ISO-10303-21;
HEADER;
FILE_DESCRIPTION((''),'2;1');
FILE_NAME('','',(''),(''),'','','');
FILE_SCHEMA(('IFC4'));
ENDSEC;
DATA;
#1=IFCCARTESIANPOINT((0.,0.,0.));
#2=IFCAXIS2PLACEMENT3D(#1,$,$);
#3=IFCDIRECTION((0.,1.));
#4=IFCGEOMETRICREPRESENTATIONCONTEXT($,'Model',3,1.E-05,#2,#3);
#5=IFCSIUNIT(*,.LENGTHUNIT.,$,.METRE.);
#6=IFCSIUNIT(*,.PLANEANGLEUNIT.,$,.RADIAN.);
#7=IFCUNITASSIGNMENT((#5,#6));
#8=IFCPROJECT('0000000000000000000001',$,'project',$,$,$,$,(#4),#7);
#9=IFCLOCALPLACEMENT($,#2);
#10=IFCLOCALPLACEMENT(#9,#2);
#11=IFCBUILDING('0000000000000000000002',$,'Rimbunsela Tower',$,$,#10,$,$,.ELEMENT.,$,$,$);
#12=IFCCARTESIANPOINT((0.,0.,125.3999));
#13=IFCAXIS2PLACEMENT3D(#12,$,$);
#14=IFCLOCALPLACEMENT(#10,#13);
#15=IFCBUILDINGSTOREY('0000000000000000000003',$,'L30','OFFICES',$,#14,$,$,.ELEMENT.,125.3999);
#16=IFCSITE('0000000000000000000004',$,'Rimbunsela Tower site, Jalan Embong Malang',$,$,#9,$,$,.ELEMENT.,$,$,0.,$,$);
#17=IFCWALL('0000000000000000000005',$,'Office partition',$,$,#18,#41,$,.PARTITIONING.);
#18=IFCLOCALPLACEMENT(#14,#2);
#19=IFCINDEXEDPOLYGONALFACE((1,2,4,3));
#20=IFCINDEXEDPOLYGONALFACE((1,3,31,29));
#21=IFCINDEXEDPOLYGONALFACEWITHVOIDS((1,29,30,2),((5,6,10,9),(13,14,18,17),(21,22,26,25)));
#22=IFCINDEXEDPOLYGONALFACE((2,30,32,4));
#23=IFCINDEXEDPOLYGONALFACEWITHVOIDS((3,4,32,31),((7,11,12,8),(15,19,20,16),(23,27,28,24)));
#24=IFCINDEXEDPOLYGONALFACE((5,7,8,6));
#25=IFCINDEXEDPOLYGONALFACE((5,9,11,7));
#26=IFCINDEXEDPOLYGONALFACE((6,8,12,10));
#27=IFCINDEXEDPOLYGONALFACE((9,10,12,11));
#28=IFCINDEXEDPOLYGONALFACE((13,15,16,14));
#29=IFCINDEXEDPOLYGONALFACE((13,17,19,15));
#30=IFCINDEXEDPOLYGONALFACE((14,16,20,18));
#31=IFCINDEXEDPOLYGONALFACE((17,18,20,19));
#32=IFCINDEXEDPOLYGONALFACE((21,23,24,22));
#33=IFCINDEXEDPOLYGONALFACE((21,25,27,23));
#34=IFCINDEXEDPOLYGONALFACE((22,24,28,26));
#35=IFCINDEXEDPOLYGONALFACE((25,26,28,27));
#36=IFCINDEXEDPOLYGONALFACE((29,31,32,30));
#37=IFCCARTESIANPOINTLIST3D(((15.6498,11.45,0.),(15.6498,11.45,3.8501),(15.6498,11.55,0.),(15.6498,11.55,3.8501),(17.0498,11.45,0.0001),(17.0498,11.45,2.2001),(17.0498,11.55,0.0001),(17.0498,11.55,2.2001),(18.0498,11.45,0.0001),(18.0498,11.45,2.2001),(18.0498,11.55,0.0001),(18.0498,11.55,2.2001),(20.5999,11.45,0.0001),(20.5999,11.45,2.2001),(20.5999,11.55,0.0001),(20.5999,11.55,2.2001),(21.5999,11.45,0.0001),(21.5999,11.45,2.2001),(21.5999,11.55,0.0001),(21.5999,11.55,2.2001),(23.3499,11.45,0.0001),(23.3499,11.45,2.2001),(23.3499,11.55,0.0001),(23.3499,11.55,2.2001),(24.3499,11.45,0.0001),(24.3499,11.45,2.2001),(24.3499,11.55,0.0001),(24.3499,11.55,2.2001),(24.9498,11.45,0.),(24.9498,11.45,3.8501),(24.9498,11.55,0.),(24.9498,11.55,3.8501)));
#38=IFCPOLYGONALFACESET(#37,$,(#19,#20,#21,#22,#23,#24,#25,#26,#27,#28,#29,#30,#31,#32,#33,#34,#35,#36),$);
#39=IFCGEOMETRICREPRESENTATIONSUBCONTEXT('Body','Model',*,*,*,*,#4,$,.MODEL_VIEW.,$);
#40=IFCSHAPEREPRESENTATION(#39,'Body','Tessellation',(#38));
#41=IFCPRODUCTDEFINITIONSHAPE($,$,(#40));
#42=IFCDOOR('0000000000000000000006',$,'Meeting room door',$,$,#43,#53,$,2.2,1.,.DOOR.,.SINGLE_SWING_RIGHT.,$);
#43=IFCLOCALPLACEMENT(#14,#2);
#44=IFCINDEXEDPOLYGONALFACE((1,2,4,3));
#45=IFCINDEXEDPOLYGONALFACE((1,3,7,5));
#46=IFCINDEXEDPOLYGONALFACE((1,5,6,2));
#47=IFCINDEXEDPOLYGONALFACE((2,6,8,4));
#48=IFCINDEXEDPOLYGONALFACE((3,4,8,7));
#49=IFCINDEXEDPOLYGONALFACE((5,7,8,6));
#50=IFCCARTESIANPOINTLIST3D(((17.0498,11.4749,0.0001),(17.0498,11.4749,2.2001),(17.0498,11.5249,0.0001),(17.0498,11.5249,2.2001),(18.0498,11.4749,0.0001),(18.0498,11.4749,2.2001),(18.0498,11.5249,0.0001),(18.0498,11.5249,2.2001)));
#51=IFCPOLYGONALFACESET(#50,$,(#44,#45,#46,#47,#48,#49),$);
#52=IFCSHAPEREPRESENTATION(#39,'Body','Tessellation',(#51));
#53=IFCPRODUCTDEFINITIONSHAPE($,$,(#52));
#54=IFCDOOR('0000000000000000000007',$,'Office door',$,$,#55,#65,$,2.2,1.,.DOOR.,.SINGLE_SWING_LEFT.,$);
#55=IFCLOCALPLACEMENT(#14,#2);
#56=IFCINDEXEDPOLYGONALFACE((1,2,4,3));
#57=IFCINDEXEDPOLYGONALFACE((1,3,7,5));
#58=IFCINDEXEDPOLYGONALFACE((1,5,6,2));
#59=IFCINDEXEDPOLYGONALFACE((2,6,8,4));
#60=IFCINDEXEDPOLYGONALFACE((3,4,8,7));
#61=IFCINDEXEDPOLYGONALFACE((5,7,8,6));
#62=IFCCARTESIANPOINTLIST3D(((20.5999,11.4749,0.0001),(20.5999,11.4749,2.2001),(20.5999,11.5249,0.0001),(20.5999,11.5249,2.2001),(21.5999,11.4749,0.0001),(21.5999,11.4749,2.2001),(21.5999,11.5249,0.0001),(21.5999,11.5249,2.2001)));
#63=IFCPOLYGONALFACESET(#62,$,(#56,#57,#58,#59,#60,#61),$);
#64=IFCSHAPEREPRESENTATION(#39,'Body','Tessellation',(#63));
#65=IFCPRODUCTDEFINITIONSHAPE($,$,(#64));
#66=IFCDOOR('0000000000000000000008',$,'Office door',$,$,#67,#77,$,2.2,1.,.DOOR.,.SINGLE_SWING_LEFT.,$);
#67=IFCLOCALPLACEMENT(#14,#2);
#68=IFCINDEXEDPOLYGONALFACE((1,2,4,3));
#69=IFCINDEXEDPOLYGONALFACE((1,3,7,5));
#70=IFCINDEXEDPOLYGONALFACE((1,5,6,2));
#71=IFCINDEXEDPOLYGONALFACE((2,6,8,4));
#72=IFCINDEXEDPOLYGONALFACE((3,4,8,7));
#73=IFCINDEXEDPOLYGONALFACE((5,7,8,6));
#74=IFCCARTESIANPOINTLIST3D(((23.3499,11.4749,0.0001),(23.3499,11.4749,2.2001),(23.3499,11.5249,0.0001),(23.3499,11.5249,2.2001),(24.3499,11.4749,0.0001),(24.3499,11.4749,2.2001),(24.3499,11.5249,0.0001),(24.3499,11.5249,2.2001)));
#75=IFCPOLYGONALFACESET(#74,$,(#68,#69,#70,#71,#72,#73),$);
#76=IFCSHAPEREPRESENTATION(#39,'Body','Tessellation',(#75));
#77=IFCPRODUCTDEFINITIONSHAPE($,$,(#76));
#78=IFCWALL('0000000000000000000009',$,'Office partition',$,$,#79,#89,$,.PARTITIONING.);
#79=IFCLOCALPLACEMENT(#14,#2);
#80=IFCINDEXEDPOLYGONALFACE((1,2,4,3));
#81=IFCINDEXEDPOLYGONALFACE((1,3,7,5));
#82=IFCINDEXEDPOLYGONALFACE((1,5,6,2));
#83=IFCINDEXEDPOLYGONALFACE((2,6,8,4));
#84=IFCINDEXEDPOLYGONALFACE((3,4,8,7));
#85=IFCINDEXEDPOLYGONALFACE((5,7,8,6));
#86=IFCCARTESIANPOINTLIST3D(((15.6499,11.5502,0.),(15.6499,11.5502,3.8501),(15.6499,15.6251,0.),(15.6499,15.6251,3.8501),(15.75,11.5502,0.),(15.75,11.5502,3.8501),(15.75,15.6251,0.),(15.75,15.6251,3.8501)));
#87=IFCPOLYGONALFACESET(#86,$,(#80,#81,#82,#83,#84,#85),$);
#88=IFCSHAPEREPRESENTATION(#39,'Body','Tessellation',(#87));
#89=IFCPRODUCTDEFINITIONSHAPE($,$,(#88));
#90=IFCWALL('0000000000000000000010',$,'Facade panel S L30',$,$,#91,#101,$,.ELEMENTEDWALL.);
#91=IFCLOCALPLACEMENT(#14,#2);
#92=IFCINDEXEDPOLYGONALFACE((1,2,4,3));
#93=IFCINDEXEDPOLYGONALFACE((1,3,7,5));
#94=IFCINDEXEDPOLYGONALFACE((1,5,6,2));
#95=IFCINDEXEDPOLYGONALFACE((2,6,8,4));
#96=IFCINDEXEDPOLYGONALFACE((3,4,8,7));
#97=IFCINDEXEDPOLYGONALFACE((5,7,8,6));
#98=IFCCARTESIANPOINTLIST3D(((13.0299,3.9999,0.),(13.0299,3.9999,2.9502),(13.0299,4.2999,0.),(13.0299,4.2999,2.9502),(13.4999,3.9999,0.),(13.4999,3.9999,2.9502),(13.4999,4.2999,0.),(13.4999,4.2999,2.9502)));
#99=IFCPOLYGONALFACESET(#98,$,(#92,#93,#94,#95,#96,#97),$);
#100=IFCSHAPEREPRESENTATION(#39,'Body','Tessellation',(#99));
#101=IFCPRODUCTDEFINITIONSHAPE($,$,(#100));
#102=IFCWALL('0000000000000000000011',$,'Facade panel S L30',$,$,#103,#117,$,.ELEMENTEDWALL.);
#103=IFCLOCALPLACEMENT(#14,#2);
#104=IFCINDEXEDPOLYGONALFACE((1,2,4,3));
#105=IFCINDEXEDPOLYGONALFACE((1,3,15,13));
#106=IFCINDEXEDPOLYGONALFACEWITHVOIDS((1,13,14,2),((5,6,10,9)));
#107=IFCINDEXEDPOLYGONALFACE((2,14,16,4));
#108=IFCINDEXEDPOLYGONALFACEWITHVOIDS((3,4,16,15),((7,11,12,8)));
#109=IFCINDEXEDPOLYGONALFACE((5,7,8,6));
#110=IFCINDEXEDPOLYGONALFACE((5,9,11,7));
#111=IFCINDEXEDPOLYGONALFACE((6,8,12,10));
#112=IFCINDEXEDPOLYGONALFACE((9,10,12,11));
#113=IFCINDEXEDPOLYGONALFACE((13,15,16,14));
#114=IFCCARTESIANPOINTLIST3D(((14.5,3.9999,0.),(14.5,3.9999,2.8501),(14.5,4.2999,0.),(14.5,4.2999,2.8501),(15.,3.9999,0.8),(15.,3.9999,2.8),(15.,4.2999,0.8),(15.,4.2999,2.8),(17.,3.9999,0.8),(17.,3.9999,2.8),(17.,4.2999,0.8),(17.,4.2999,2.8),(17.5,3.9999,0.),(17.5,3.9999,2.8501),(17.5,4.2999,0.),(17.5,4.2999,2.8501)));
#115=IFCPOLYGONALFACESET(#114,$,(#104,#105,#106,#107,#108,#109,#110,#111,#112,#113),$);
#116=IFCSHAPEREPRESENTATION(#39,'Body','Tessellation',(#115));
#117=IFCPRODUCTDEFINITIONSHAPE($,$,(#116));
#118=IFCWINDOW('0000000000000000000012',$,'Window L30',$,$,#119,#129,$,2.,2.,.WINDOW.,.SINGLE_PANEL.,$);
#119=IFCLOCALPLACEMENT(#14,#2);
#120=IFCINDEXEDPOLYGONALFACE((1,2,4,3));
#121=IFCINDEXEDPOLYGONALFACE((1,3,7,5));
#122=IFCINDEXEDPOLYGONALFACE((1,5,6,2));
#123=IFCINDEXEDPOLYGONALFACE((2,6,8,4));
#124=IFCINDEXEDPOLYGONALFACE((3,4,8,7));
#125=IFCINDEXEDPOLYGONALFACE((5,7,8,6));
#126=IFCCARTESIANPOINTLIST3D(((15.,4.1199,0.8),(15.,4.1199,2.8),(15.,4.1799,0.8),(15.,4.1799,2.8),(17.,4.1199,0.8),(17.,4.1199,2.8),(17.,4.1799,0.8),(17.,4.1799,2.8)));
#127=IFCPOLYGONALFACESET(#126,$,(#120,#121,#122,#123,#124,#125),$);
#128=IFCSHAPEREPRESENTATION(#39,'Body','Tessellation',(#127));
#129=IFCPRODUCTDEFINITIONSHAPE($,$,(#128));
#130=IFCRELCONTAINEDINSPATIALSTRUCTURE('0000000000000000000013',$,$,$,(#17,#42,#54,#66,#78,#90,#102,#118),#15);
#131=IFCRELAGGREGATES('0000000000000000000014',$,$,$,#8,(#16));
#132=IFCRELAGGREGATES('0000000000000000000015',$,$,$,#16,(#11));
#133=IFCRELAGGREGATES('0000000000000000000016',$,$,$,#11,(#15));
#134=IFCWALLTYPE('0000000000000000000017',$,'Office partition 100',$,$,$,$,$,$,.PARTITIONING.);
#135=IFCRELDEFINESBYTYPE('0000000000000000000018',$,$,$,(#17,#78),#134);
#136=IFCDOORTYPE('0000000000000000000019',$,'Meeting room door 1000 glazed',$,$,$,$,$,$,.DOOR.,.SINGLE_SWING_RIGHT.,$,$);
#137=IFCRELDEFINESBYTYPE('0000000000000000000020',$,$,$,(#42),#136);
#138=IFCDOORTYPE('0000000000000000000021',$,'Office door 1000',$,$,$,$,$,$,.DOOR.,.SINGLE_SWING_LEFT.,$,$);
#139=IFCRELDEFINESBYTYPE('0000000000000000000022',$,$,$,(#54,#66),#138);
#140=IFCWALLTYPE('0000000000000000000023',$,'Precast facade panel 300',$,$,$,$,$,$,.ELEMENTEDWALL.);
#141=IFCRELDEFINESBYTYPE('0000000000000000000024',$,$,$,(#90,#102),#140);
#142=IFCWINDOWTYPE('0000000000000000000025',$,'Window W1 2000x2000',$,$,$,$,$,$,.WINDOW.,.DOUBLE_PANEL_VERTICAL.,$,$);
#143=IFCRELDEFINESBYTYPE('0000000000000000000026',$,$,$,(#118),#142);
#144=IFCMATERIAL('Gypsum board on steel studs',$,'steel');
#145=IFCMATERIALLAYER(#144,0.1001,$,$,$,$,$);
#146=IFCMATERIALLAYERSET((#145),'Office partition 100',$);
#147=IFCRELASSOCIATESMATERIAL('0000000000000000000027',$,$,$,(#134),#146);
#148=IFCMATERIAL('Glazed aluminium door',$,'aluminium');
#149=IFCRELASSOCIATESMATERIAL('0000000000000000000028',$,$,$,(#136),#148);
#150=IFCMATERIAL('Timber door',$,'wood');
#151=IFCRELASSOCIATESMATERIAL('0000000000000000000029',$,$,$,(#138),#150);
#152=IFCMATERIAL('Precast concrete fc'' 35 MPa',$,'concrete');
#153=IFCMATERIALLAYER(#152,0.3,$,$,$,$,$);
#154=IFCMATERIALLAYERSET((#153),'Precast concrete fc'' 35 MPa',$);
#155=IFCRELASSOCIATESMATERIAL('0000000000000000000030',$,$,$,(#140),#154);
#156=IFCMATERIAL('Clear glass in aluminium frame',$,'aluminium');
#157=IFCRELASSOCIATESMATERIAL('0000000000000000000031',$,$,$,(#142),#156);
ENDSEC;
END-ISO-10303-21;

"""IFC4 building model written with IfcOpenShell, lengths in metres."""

from ifc_helpers import new_model, si_unit, direction, frame, frame_2d, origin, place, context, subcontext, project, spatial, rectangle, extrude, material, layer, layer_set, type_object, element, fill, save


model = new_model("IFC4")

# Units and contexts
model_context = context("Model", 3, precision=1e-05, world=origin(), true_north=direction((0.0, 1.0)))
body_context = subcontext(model_context, "Body", "Model", "MODEL_VIEW")
ifc_project = project(units=[si_unit("LENGTHUNIT", "METRE"), si_unit("PLANEANGLEUNIT", "RADIAN")], contexts=[model_context])

# Site, building, storey
site_placement = place(None, origin())
site = spatial("IfcSite", under=ifc_project, at=site_placement, Name="Rimbunsela Tower site, Jalan Embong Malang", CompositionType="ELEMENT", RefElevation=0.0)
building_placement = place(site_placement, origin())
building = spatial("IfcBuilding", under=site, at=building_placement, Name="Rimbunsela Tower", CompositionType="ELEMENT")
storey_placement = place(building_placement, frame((0.0, 0.0, 125.3999)))
storey = spatial("IfcBuildingStorey", under=building, at=storey_placement, Name="L30", Description="OFFICES", CompositionType="ELEMENT", Elevation=125.3999)

# Wall, openings, doors
ifc_material_1 = material(Name="Gypsum board on steel studs", Category="steel")
ifc_layer_1 = layer(ifc_material_1, 0.1001)
ifc_layer_set_1 = layer_set([ifc_layer_1], Name="Office partition 100")
wall_type_1 = type_object("IfcWallType", Name="Office partition 100", PredefinedType="PARTITIONING", material=ifc_layer_set_1)
wall_1_placement = place(storey_placement, frame((15.6499, 11.5, 0.0), z_axis=(0.0, 0.0, 1.0), x_axis=(1.0, 0.0, 0.0)))
wall_1 = element("IfcWall", 1, at=wall_1_placement, inside=storey, type_object=wall_type_1, Name="Office partition", PredefinedType="PARTITIONING", context=body_context, shape_type="SweptSolid", body=[
    extrude(rectangle(XDim=9.3, YDim=0.1001, at=frame_2d((4.6499, 0.0))), origin(), (0.0, 0.0, 1.0), 3.8501),
])
opening_1_placement = place(wall_1_placement, frame((1.3999, 0.0, 0.0)))
opening_1 = element("IfcOpeningElement", 2, at=opening_1_placement, cuts=wall_1, PredefinedType="OPENING", context=body_context, shape_type="SweptSolid", body=[
    extrude(rectangle(XDim=1.0, YDim=2.2, at=frame_2d((0.5, 1.1001))), frame((0.0, 0.0601, 0.0), z_axis=(0.0, -1.0, 0.0), x_axis=(1.0, 0.0, 0.0)), (0.0, 0.0, 1.0), 0.1201),
])
opening_2_placement = place(wall_1_placement, frame((4.95, 0.0, 0.0)))
opening_2 = element("IfcOpeningElement", 3, at=opening_2_placement, cuts=wall_1, PredefinedType="OPENING", context=body_context, shape_type="SweptSolid", body=[
    extrude(rectangle(XDim=1.0, YDim=2.2, at=frame_2d((0.5, 1.1001))), frame((0.0, 0.0601, 0.0), z_axis=(0.0, -1.0, 0.0), x_axis=(1.0, 0.0, 0.0)), (0.0, 0.0, 1.0), 0.1201),
])
opening_3_placement = place(wall_1_placement, frame((7.7, 0.0, 0.0)))
opening_3 = element("IfcOpeningElement", 4, at=opening_3_placement, cuts=wall_1, PredefinedType="OPENING", context=body_context, shape_type="SweptSolid", body=[
    extrude(rectangle(XDim=1.0, YDim=2.2, at=frame_2d((0.5, 1.1001))), frame((0.0, 0.0601, 0.0), z_axis=(0.0, -1.0, 0.0), x_axis=(1.0, 0.0, 0.0)), (0.0, 0.0, 1.0), 0.1201),
])
ifc_material_2 = material(Name="Glazed aluminium door", Category="aluminium")
door_type_1 = type_object("IfcDoorType", Name="Meeting room door 1000 glazed", OperationType="SINGLE_SWING_RIGHT", PredefinedType="DOOR", material=ifc_material_2)
door_1_placement = place(opening_1_placement, origin())
door_1 = element("IfcDoor", 5, at=door_1_placement, inside=storey, type_object=door_type_1, Name="Meeting room door", OperationType="SINGLE_SWING_RIGHT", OverallHeight=2.2, OverallWidth=1.0, PredefinedType="DOOR", context=body_context, shape_type="SweptSolid", body=[
    extrude(rectangle(XDim=1.0, YDim=2.2, at=frame_2d((0.5, 1.1001))), frame((0.0, 0.0249, 0.0), z_axis=(0.0, -1.0, 0.0), x_axis=(1.0, 0.0, 0.0)), (0.0, 0.0, 1.0), 0.05),
])
fill(opening_1, door_1)
ifc_material_3 = material(Name="Timber door", Category="wood")
door_type_2 = type_object("IfcDoorType", Name="Office door 1000", OperationType="SINGLE_SWING_LEFT", PredefinedType="DOOR", material=ifc_material_3)
door_2_placement = place(opening_2_placement, origin())
door_2 = element("IfcDoor", 6, at=door_2_placement, inside=storey, type_object=door_type_2, Name="Office door", OperationType="SINGLE_SWING_LEFT", OverallHeight=2.2, OverallWidth=1.0, PredefinedType="DOOR", context=body_context, shape_type="SweptSolid", body=[
    extrude(rectangle(XDim=1.0, YDim=2.2, at=frame_2d((0.5, 1.1001))), frame((0.0, 0.0249, 0.0), z_axis=(0.0, -1.0, 0.0), x_axis=(1.0, 0.0, 0.0)), (0.0, 0.0, 1.0), 0.05),
])
fill(opening_2, door_2)
door_3_placement = place(opening_3_placement, origin())
door_3 = element("IfcDoor", 7, at=door_3_placement, inside=storey, type_object=door_type_2, Name="Office door", OperationType="SINGLE_SWING_LEFT", OverallHeight=2.2, OverallWidth=1.0, PredefinedType="DOOR", context=body_context, shape_type="SweptSolid", body=[
    extrude(rectangle(XDim=1.0, YDim=2.2, at=frame_2d((0.5, 1.1001))), frame((0.0, 0.0249, 0.0), z_axis=(0.0, -1.0, 0.0), x_axis=(1.0, 0.0, 0.0)), (0.0, 0.0, 1.0), 0.05),
])
fill(opening_3, door_3)

# Walls
wall_2_placement = place(storey_placement, frame((15.7, 11.55, 0.0), z_axis=(0.0, 0.0, 1.0), x_axis=(0.0, 1.0, 0.0)))
element("IfcWall", 8, at=wall_2_placement, inside=storey, type_object=wall_type_1, Name="Office partition", PredefinedType="PARTITIONING", context=body_context, shape_type="SweptSolid", body=[
    extrude(rectangle(XDim=4.075, YDim=0.1001, at=frame_2d((2.0376, 0.0))), origin(), (0.0, 0.0, 1.0), 3.8501),
])
ifc_material_4 = material(Name="Precast concrete fc' 35 MPa", Category="concrete")
ifc_layer_2 = layer(ifc_material_4, 0.3)
ifc_layer_set_2 = layer_set([ifc_layer_2], Name="Precast concrete fc' 35 MPa")
wall_type_2 = type_object("IfcWallType", Name="Precast facade panel 300", PredefinedType="ELEMENTEDWALL", material=ifc_layer_set_2)
wall_3_placement = place(storey_placement, frame((13.03, 4.1499, 0.0), z_axis=(0.0, 0.0, 1.0), x_axis=(1.0, 0.0, 0.0)))
element("IfcWall", 9, at=wall_3_placement, inside=storey, type_object=wall_type_2, Name="Facade panel S L30", PredefinedType="ELEMENTEDWALL", context=body_context, shape_type="SweptSolid", body=[
    extrude(rectangle(XDim=0.47, YDim=0.3, at=frame_2d((0.2349, 0.0))), origin(), (0.0, 0.0, 1.0), 2.9502),
])

# Wall, opening, window
wall_4_placement = place(storey_placement, frame((14.5, 4.1499, 0.0), z_axis=(0.0, 0.0, 1.0), x_axis=(1.0, 0.0, 0.0)))
wall_4 = element("IfcWall", 10, at=wall_4_placement, inside=storey, type_object=wall_type_2, Name="Facade panel S L30", PredefinedType="ELEMENTEDWALL", context=body_context, shape_type="SweptSolid", body=[
    extrude(rectangle(XDim=3.0, YDim=0.3, at=frame_2d((1.5, 0.0))), origin(), (0.0, 0.0, 1.0), 2.8501),
])
opening_4_placement = place(wall_4_placement, frame((0.5, 0.0, 0.8)))
opening_4 = element("IfcOpeningElement", 11, at=opening_4_placement, cuts=wall_4, PredefinedType="OPENING", context=body_context, shape_type="SweptSolid", body=[
    extrude(rectangle(XDim=2.0, YDim=2.0, at=frame_2d((1.0, 1.0))), frame((0.0, 0.1599, 0.0), z_axis=(0.0, -1.0, 0.0), x_axis=(1.0, 0.0, 0.0)), (0.0, 0.0, 1.0), 0.3201),
])
ifc_material_5 = material(Name="Clear glass in aluminium frame", Category="aluminium")
window_type = type_object("IfcWindowType", Name="Window W1 2000x2000", PartitioningType="DOUBLE_PANEL_VERTICAL", PredefinedType="WINDOW", material=ifc_material_5)
window_placement = place(opening_4_placement, origin())
window = element("IfcWindow", 12, at=window_placement, inside=storey, type_object=window_type, Name="Window L30", OverallHeight=2.0, OverallWidth=2.0, PartitioningType="SINGLE_PANEL", PredefinedType="WINDOW", context=body_context, shape_type="SweptSolid", body=[
    extrude(rectangle(XDim=2.0, YDim=2.0, at=frame_2d((1.0, 1.0))), frame((0.0, 0.03, 0.0), z_axis=(0.0, -1.0, 0.0), x_axis=(1.0, 0.0, 0.0)), (0.0, 0.0, 1.0), 0.0601),
])
fill(opening_4, window)

save(model, "model.ifc")
